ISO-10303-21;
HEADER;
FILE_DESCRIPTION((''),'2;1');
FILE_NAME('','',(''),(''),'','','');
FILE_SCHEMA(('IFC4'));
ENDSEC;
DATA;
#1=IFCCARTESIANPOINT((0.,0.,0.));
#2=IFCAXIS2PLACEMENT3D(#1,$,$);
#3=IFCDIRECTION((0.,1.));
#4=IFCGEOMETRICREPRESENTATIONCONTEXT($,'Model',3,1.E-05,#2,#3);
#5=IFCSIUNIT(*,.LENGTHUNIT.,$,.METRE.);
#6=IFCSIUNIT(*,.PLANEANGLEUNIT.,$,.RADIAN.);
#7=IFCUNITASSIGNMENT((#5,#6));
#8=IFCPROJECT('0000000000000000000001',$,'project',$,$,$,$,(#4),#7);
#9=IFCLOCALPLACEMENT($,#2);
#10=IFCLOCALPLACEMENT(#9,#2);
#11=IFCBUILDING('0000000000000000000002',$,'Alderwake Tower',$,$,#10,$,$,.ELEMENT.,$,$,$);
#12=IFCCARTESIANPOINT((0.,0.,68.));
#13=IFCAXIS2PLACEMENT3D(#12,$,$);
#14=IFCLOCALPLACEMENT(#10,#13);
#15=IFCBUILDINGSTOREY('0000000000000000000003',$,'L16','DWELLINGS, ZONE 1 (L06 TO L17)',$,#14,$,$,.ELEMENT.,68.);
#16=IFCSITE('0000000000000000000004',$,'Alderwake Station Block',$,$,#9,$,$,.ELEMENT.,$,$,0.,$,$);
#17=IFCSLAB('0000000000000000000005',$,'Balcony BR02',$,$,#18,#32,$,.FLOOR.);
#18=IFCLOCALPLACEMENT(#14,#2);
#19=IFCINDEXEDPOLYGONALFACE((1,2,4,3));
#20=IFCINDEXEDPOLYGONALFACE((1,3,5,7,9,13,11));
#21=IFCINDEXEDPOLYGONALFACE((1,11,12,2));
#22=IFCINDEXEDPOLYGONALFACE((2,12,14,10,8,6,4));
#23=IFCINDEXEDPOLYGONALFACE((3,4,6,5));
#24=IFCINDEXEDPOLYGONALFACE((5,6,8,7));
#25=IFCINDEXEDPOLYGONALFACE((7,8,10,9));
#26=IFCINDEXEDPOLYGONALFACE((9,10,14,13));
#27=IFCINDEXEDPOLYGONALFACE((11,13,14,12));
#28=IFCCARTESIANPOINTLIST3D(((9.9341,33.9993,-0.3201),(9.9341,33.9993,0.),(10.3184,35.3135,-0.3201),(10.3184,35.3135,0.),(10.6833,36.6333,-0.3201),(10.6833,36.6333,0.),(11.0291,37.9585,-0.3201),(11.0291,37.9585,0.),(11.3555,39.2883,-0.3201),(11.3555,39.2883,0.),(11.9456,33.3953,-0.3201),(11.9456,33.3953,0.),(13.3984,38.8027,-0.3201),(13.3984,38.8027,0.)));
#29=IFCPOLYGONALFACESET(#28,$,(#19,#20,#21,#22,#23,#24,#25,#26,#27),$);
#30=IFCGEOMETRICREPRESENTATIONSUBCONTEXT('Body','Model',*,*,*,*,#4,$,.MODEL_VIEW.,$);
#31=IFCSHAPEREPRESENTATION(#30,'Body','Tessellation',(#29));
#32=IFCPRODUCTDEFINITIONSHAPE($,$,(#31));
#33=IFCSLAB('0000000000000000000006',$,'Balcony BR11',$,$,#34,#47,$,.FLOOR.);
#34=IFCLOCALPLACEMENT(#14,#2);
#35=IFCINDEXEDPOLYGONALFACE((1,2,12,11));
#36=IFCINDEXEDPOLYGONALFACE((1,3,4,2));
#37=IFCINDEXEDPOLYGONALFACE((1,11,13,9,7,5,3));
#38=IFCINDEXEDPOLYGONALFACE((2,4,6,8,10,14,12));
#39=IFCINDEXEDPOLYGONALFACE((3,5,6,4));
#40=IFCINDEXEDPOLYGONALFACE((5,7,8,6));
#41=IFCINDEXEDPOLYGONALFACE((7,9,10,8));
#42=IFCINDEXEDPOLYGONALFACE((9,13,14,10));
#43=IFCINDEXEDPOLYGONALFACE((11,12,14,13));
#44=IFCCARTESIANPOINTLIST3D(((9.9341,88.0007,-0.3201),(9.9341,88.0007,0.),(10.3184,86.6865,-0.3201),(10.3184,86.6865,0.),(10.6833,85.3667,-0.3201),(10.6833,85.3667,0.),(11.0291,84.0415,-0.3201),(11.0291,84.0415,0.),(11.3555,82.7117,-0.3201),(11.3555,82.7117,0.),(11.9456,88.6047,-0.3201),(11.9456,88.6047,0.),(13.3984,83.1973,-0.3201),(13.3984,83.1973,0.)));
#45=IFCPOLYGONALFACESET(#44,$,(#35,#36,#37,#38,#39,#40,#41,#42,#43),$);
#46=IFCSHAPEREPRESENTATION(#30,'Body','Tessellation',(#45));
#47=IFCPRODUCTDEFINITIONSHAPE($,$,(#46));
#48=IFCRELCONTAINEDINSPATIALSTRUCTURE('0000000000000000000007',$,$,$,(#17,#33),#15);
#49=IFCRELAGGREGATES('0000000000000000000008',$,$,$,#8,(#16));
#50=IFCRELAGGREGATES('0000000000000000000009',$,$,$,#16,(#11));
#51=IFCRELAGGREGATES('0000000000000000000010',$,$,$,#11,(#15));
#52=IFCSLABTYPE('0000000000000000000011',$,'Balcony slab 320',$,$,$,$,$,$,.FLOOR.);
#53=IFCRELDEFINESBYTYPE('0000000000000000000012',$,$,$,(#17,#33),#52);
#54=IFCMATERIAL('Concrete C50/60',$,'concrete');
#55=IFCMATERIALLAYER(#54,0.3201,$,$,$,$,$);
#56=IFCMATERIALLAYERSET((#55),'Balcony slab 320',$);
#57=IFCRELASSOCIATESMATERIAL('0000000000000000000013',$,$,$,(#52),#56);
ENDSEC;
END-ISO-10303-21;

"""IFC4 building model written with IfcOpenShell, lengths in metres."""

from ifc_helpers import new_model, si_unit, direction, frame, origin, place, context, subcontext, project, spatial, polyline, outline, extrude, material, layer, layer_set, type_object, element, save


model = new_model("IFC4")

# Units and contexts
model_context = context("Model", 3, precision=1e-05, world=origin(), true_north=direction((0.0, 1.0)))
body_context = subcontext(model_context, "Body", "Model", "MODEL_VIEW")
ifc_project = project(units=[si_unit("LENGTHUNIT", "METRE"), si_unit("PLANEANGLEUNIT", "RADIAN")], contexts=[model_context])

# Site, building, storey
site_placement = place(None, origin())
site = spatial("IfcSite", under=ifc_project, at=site_placement, Name="Alderwake Station Block", CompositionType="ELEMENT", RefElevation=0.0)
building_placement = place(site_placement, origin())
building = spatial("IfcBuilding", under=site, at=building_placement, Name="Alderwake Tower", CompositionType="ELEMENT")
storey_placement = place(building_placement, frame((0.0, 0.0, 68.0)))
storey = spatial("IfcBuildingStorey", under=building, at=storey_placement, Name="L16", Description="DWELLINGS, ZONE 1 (L06 TO L17)", CompositionType="ELEMENT", Elevation=68.0)

# Slabs
ifc_material_1 = material(Name="Concrete C50/60", Category="concrete")
ifc_layer_1 = layer(ifc_material_1, 0.3201)
ifc_layer_set_1 = layer_set([ifc_layer_1], Name="Balcony slab 320")
slab_type_1 = type_object("IfcSlabType", Name="Balcony slab 320", PredefinedType="FLOOR", material=ifc_layer_set_1)
slab_1_placement = place(storey_placement, frame((0.0, 0.0, -0.3201)))
element("IfcSlab", 1, at=slab_1_placement, inside=storey, type_object=slab_type_1, Name="Balcony BR02", PredefinedType="FLOOR", context=body_context, shape_type="SweptSolid", body=[
    extrude(outline(polyline([(9.9341, 33.9993), (11.9456, 33.3953), (13.3984, 38.8027), (11.3555, 39.2883), (11.0291, 37.9585), (10.6833, 36.6333), (10.3184, 35.3135), (9.9341, 33.9993)])), origin(), (0.0, 0.0, 1.0), 0.3201),
])
slab_2_placement = place(storey_placement, frame((0.0, 0.0, -0.3201)))
element("IfcSlab", 2, at=slab_2_placement, inside=storey, type_object=slab_type_1, Name="Balcony BR11", PredefinedType="FLOOR", context=body_context, shape_type="SweptSolid", body=[
    extrude(outline(polyline([(11.3555, 82.7117), (13.3984, 83.1973), (11.9456, 88.6047), (9.9341, 88.0007), (10.3184, 86.6865), (10.6833, 85.3667), (11.0291, 84.0415), (11.3555, 82.7117)])), origin(), (0.0, 0.0, 1.0), 0.3201),
])

save(model, "model.ifc")
